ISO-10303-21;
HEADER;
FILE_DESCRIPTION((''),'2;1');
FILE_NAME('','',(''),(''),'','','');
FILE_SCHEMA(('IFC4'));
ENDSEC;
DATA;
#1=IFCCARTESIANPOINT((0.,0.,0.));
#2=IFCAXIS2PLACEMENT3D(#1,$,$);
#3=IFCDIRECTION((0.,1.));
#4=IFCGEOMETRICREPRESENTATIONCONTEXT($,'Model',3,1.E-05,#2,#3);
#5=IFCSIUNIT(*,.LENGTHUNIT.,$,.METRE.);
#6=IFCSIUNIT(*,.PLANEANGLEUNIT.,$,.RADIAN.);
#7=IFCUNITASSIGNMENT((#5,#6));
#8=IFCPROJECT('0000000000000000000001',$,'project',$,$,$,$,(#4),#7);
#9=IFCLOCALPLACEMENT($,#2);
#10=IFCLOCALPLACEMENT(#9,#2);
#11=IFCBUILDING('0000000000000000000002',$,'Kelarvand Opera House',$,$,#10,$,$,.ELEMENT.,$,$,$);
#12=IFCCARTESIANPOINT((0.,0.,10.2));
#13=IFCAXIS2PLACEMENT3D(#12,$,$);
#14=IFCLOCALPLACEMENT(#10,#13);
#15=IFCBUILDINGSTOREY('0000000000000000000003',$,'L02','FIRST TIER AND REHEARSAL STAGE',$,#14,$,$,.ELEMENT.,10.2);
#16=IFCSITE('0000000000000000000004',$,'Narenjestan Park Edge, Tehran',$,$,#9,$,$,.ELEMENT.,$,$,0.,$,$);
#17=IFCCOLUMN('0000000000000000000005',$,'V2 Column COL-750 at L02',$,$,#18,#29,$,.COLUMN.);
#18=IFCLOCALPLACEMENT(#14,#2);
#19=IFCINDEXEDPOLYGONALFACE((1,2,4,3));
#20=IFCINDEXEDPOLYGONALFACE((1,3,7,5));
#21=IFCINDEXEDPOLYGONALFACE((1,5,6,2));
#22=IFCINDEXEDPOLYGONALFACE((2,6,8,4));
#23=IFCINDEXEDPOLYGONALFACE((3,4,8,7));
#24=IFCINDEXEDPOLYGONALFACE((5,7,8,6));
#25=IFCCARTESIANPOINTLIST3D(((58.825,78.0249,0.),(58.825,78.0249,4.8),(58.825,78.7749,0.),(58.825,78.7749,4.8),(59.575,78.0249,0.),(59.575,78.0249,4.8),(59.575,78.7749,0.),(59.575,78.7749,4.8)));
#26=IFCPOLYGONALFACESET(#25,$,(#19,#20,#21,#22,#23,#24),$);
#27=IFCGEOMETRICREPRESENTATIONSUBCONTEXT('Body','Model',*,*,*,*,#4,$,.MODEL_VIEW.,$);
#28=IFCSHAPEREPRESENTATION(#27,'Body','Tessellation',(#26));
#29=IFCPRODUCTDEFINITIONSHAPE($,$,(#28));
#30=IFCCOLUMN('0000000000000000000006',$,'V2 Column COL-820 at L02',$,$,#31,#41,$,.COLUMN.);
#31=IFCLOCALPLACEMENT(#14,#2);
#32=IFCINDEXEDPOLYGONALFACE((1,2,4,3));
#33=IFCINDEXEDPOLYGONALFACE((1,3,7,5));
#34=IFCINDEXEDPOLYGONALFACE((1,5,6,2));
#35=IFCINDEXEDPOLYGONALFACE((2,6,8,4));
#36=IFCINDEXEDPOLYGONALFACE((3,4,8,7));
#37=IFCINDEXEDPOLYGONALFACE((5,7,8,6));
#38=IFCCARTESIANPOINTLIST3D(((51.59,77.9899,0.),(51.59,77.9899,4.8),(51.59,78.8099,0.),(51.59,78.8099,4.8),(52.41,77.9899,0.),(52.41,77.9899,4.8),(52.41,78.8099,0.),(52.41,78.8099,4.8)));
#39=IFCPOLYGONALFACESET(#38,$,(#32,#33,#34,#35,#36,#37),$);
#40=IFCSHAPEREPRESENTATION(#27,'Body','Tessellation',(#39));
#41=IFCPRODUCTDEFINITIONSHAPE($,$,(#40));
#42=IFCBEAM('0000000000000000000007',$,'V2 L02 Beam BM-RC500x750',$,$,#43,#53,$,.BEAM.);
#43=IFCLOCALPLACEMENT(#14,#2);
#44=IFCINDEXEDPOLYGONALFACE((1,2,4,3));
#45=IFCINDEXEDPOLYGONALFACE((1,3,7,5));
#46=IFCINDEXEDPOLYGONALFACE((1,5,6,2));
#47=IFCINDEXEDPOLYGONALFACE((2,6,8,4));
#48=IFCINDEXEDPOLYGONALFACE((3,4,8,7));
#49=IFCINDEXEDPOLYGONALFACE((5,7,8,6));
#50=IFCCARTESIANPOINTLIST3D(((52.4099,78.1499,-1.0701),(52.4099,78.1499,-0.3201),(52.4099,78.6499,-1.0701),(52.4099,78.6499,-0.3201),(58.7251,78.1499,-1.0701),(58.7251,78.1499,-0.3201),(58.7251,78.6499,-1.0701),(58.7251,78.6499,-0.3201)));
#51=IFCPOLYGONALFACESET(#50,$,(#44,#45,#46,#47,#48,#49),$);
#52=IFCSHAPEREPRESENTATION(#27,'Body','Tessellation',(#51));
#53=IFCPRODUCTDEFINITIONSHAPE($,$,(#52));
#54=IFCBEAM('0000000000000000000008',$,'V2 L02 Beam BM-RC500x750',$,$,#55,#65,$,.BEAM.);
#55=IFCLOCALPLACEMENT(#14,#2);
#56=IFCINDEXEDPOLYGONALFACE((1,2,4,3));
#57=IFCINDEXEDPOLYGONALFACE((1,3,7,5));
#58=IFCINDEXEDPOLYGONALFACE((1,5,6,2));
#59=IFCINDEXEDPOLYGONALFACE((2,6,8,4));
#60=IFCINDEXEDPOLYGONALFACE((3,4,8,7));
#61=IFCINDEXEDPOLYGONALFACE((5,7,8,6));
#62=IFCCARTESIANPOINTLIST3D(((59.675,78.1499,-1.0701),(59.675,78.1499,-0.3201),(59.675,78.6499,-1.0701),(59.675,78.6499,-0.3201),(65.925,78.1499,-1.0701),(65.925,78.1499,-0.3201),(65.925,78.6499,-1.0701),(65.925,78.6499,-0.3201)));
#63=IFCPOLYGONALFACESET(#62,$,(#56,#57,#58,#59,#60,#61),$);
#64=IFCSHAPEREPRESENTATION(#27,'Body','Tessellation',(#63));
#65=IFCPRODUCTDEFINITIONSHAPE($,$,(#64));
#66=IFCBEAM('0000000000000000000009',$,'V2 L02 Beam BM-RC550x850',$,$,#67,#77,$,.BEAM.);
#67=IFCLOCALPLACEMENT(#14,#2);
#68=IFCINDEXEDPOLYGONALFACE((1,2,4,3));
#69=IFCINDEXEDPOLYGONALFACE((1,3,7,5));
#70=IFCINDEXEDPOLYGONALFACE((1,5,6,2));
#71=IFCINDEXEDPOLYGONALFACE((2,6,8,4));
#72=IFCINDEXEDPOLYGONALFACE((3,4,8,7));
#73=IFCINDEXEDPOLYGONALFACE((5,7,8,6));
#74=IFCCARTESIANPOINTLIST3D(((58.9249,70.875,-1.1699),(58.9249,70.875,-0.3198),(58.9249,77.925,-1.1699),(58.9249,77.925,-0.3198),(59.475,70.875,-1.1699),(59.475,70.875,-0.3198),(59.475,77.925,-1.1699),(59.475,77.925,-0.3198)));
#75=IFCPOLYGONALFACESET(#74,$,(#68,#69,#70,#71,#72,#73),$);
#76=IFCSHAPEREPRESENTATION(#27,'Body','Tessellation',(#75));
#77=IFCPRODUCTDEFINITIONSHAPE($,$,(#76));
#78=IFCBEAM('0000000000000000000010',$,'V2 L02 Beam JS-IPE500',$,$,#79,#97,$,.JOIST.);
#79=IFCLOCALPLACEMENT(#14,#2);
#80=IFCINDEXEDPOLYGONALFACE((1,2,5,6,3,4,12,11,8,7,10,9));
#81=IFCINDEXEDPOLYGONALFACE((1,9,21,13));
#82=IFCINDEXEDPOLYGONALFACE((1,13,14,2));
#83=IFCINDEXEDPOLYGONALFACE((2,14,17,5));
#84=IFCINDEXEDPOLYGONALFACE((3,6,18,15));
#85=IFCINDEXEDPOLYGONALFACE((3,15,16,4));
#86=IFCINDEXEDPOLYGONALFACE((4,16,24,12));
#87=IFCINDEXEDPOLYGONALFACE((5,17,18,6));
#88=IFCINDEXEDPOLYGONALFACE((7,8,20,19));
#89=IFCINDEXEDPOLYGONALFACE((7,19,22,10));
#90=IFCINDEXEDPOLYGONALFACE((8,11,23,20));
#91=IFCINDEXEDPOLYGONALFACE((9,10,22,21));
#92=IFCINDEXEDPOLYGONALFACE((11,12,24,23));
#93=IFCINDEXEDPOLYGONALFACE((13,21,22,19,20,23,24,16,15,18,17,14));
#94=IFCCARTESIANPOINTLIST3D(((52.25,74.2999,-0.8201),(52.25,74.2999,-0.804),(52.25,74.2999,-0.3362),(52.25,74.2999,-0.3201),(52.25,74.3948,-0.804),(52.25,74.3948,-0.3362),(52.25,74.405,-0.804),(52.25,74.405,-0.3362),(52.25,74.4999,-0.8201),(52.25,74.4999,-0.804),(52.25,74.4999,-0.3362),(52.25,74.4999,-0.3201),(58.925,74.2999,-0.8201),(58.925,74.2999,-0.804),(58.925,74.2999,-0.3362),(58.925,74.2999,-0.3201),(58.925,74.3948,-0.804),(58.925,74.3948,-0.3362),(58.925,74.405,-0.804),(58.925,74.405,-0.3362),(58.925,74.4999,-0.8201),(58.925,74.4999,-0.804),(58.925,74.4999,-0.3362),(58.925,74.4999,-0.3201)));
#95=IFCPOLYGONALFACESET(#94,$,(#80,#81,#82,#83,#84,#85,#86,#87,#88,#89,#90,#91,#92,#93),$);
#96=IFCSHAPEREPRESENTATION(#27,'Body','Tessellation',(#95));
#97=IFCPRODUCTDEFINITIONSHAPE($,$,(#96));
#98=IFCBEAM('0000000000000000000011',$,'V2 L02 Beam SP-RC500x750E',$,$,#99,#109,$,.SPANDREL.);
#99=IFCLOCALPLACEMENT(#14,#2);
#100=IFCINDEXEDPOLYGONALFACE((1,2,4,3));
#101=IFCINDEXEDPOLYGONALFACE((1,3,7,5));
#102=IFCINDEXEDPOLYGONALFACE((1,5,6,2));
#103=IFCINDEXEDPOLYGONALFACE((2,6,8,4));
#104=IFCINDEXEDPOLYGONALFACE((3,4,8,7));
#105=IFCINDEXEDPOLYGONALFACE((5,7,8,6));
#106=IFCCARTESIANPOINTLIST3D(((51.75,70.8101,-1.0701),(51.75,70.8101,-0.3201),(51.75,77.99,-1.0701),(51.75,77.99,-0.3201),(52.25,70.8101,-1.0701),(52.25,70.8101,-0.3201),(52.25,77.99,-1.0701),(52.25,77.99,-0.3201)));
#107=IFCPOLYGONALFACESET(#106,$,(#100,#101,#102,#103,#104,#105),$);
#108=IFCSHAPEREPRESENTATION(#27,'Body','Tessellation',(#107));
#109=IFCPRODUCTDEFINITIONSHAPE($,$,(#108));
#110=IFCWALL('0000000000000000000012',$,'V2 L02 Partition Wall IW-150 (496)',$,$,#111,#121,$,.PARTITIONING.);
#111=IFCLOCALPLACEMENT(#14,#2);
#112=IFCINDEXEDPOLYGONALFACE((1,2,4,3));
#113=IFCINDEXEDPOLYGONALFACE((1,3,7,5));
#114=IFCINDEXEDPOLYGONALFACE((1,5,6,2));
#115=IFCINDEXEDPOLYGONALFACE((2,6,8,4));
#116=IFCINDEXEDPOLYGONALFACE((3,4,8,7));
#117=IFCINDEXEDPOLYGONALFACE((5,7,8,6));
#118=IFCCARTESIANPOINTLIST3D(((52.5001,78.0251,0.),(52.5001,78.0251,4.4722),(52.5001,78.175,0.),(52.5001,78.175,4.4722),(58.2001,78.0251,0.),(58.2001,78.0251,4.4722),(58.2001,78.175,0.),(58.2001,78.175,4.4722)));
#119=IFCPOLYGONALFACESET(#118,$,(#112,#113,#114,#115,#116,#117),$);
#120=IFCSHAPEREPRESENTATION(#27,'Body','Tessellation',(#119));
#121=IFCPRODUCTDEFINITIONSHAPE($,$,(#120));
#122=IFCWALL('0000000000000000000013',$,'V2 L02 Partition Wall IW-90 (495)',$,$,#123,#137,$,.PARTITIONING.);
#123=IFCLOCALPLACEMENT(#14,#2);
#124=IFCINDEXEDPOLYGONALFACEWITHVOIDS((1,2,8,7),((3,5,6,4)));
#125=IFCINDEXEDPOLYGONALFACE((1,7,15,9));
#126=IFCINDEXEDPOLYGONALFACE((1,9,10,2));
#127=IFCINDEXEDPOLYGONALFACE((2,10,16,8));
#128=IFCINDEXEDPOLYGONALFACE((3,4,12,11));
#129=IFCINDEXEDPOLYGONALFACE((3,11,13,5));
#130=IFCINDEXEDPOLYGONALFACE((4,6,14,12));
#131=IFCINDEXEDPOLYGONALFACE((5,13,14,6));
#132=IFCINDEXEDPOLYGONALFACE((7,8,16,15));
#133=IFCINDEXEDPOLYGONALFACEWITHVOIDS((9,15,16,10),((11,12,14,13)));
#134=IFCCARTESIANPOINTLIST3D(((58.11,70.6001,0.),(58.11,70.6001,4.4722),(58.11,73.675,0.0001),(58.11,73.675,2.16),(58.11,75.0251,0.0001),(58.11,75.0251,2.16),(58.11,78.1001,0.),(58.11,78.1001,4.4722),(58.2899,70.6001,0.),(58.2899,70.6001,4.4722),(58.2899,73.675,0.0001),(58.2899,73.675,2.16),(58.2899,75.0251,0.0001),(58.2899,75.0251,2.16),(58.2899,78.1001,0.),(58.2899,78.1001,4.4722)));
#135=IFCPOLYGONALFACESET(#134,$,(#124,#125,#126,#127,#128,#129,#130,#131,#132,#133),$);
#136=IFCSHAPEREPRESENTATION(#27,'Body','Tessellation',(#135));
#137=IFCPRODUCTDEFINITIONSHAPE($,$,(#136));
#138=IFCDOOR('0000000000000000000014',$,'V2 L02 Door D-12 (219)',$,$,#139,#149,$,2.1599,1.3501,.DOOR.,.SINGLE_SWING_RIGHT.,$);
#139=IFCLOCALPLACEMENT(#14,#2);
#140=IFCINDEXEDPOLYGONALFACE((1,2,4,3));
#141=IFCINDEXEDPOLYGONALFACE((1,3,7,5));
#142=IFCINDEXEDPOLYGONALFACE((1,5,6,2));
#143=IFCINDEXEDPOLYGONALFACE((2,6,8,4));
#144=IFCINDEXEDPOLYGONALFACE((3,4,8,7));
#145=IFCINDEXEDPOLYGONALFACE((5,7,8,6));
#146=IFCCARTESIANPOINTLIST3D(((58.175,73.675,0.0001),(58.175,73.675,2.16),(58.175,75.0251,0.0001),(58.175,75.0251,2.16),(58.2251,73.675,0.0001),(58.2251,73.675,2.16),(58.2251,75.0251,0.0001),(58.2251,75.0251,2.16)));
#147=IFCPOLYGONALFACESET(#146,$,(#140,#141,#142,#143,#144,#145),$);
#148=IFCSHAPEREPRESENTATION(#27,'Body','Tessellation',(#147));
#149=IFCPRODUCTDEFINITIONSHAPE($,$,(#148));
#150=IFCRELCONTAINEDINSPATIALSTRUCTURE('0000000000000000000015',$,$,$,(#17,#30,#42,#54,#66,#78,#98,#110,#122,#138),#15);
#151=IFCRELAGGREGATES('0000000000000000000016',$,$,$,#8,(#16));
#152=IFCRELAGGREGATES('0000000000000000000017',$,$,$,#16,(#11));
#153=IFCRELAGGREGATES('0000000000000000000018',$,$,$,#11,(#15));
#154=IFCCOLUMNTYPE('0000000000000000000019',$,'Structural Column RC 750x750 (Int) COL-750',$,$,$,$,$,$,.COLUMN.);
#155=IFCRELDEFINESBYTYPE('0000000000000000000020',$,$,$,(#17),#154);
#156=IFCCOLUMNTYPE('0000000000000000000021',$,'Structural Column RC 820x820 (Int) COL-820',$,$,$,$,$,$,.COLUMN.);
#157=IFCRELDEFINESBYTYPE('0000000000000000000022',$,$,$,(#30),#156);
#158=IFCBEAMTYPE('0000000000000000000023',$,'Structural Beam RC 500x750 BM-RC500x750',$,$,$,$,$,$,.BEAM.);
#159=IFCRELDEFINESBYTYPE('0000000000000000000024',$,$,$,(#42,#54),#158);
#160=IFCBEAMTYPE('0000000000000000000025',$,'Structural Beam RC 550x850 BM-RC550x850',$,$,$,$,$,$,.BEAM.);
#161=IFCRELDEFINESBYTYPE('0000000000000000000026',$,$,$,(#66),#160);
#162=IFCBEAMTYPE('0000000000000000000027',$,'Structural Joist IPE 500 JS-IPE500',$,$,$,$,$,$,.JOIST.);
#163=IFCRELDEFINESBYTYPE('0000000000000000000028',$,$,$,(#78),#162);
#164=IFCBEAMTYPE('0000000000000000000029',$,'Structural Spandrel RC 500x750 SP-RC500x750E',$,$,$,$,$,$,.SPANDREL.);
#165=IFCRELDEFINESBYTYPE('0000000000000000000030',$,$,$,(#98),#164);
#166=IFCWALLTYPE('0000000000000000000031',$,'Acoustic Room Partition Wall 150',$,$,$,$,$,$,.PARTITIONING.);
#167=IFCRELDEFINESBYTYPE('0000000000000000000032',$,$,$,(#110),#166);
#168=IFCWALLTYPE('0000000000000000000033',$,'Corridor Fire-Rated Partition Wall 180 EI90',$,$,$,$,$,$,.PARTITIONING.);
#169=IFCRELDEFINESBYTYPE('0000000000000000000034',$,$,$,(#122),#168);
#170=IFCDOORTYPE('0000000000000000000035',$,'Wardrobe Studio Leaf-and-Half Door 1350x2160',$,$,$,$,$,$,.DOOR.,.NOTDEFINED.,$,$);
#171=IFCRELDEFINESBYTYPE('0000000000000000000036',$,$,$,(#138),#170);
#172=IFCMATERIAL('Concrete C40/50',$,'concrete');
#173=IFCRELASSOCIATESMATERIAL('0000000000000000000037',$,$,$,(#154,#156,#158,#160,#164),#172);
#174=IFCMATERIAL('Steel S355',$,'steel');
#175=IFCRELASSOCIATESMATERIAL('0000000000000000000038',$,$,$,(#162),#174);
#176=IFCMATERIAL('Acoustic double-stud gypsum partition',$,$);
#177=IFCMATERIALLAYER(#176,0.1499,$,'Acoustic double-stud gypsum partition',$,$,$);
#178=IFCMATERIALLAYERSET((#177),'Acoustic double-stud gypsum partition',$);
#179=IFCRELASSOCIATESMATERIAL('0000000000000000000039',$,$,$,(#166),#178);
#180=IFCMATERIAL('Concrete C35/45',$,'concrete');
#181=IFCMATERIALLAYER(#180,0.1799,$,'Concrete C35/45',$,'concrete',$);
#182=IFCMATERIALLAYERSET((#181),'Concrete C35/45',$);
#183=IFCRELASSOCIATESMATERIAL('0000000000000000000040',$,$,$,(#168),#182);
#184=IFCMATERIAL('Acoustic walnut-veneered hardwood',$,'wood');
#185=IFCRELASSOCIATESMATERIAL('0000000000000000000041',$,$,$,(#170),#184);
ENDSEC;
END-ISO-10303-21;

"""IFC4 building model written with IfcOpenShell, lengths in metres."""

from ifc_helpers import new_model, si_unit, direction, frame, frame_2d, origin, origin_2d, place, context, subcontext, project, spatial, rectangle, i_section, extrude, material, layer, layer_set, material_profile, profile_set, type_object, element, fill, save


model = new_model("IFC4")

# Units and contexts
model_context = context("Model", 3, precision=1e-05, world=origin(), true_north=direction((0.0, 1.0)))
body_context = subcontext(model_context, "Body", "Model", "MODEL_VIEW")
ifc_project = project(units=[si_unit("LENGTHUNIT", "METRE"), si_unit("PLANEANGLEUNIT", "RADIAN")], contexts=[model_context])

# Site, building, storey
site_placement = place(None, origin())
site = spatial("IfcSite", under=ifc_project, at=site_placement, Name="Narenjestan Park Edge, Tehran", CompositionType="ELEMENT", RefElevation=0.0)
building_placement = place(site_placement, origin())
building = spatial("IfcBuilding", under=site, at=building_placement, Name="Kelarvand Opera House", CompositionType="ELEMENT")
storey_placement = place(building_placement, frame((0.0, 0.0, 10.2)))
storey = spatial("IfcBuildingStorey", under=building, at=storey_placement, Name="L02", Description="FIRST TIER AND REHEARSAL STAGE", CompositionType="ELEMENT", Elevation=10.2)

# Columns
ifc_material_1 = material(Name="Concrete C40/50", Category="concrete")
ifc_material_profile_1 = material_profile(ifc_material_1, rectangle(XDim=0.75, YDim=0.75, at=origin_2d()), Name="RC 750x750", Category="concrete")
ifc_profile_set_1 = profile_set([ifc_material_profile_1], Name="Concrete C40/50")
column_type_1 = type_object("IfcColumnType", Name="Structural Column RC 750x750 (Int) COL-750", PredefinedType="COLUMN", material=ifc_profile_set_1)
column_1_placement = place(storey_placement, frame((59.2, 78.3999, 0.0), z_axis=(0.0, 0.0, 1.0), x_axis=(1.0, 0.0, 0.0)))
element("IfcColumn", 1, at=column_1_placement, inside=storey, type_object=column_type_1, Name="V2 Column COL-750 at L02", PredefinedType="COLUMN", context=body_context, shape_type="SweptSolid", body=[
    extrude(rectangle(XDim=0.75, YDim=0.75, at=origin_2d()), origin(), (0.0, 0.0, 1.0), 4.8),
])
ifc_material_profile_2 = material_profile(ifc_material_1, rectangle(XDim=0.8201, YDim=0.8201, at=origin_2d()), Name="RC 820x820", Category="concrete")
ifc_profile_set_2 = profile_set([ifc_material_profile_2], Name="Concrete C40/50")
column_type_2 = type_object("IfcColumnType", Name="Structural Column RC 820x820 (Int) COL-820", PredefinedType="COLUMN", material=ifc_profile_set_2)
column_2_placement = place(storey_placement, frame((52.0, 78.3999, 0.0), z_axis=(0.0, 0.0, 1.0), x_axis=(1.0, 0.0, 0.0)))
element("IfcColumn", 2, at=column_2_placement, inside=storey, type_object=column_type_2, Name="V2 Column COL-820 at L02", PredefinedType="COLUMN", context=body_context, shape_type="SweptSolid", body=[
    extrude(rectangle(XDim=0.8201, YDim=0.8201, at=origin_2d()), origin(), (0.0, 0.0, 1.0), 4.8),
])

# Beams
ifc_material_profile_3 = material_profile(ifc_material_1, rectangle(XDim=0.5, YDim=0.75, at=origin_2d()), Name="RC 500x750", Category="concrete")
ifc_profile_set_3 = profile_set([ifc_material_profile_3], Name="Concrete C40/50")
beam_type_1 = type_object("IfcBeamType", Name="Structural Beam RC 500x750 BM-RC500x750", PredefinedType="BEAM", material=ifc_profile_set_3)
beam_1_placement = place(storey_placement, frame((52.4099, 78.3999, -0.6951), z_axis=(1.0, 0.0, 0.0), x_axis=(0.0, 1.0, 0.0)))
element("IfcBeam", 3, at=beam_1_placement, inside=storey, type_object=beam_type_1, Name="V2 L02 Beam BM-RC500x750", PredefinedType="BEAM", context=body_context, shape_type="SweptSolid", body=[
    extrude(rectangle(XDim=0.5, YDim=0.75, at=origin_2d()), origin(), (0.0, 0.0, 1.0), 6.3152),
])
beam_2_placement = place(storey_placement, frame((59.675, 78.3999, -0.6951), z_axis=(1.0, 0.0, 0.0), x_axis=(0.0, 1.0, 0.0)))
element("IfcBeam", 4, at=beam_2_placement, inside=storey, type_object=beam_type_1, Name="V2 L02 Beam BM-RC500x750", PredefinedType="BEAM", context=body_context, shape_type="SweptSolid", body=[
    extrude(rectangle(XDim=0.5, YDim=0.75, at=origin_2d()), origin(), (0.0, 0.0, 1.0), 6.25),
])
ifc_material_profile_4 = material_profile(ifc_material_1, rectangle(XDim=0.55, YDim=0.8501, at=origin_2d()), Name="RC 550x850", Category="concrete")
ifc_profile_set_4 = profile_set([ifc_material_profile_4], Name="Concrete C40/50")
beam_type_2 = type_object("IfcBeamType", Name="Structural Beam RC 550x850 BM-RC550x850", PredefinedType="BEAM", material=ifc_profile_set_4)
beam_3_placement = place(storey_placement, frame((59.2, 70.875, -0.7449), z_axis=(0.0, 1.0, 0.0), x_axis=(-1.0, 0.0, 0.0)))
element("IfcBeam", 5, at=beam_3_placement, inside=storey, type_object=beam_type_2, Name="V2 L02 Beam BM-RC550x850", PredefinedType="BEAM", context=body_context, shape_type="SweptSolid", body=[
    extrude(rectangle(XDim=0.55, YDim=0.8501, at=origin_2d()), origin(), (0.0, 0.0, 1.0), 7.05),
])
ifc_material_2 = material(Name="Steel S355", Category="steel")
ifc_material_profile_5 = material_profile(ifc_material_2, i_section(OverallWidth=0.2, OverallDepth=0.5, WebThickness=0.0103, FlangeThickness=0.0161, at=origin_2d()), Name="IPE 500", Category="steel")
ifc_profile_set_5 = profile_set([ifc_material_profile_5], Name="Steel S355")
beam_type_3 = type_object("IfcBeamType", Name="Structural Joist IPE 500 JS-IPE500", PredefinedType="JOIST", material=ifc_profile_set_5)
beam_4_placement = place(storey_placement, frame((52.25, 74.3999, -0.5701), z_axis=(1.0, 0.0, 0.0), x_axis=(0.0, 1.0, 0.0)))
element("IfcBeam", 6, at=beam_4_placement, inside=storey, type_object=beam_type_3, Name="V2 L02 Beam JS-IPE500", PredefinedType="JOIST", context=body_context, shape_type="SweptSolid", body=[
    extrude(i_section(OverallWidth=0.2, OverallDepth=0.5, WebThickness=0.0103, FlangeThickness=0.0161, at=origin_2d()), origin(), (0.0, 0.0, 1.0), 6.675),
])
ifc_material_profile_6 = material_profile(ifc_material_1, rectangle(XDim=0.5, YDim=0.75, at=origin_2d()), Name="RC 500x750", Category="concrete")
ifc_profile_set_6 = profile_set([ifc_material_profile_6], Name="Concrete C40/50")
beam_type_4 = type_object("IfcBeamType", Name="Structural Spandrel RC 500x750 SP-RC500x750E", PredefinedType="SPANDREL", material=ifc_profile_set_6)
beam_5_placement = place(storey_placement, frame((52.0, 70.8101, -0.6951), z_axis=(0.0, 1.0, 0.0), x_axis=(-1.0, 0.0, 0.0)))
element("IfcBeam", 7, at=beam_5_placement, inside=storey, type_object=beam_type_4, Name="V2 L02 Beam SP-RC500x750E", PredefinedType="SPANDREL", context=body_context, shape_type="SweptSolid", body=[
    extrude(rectangle(XDim=0.5, YDim=0.75, at=origin_2d()), origin(), (0.0, 0.0, 1.0), 7.1799),
])

# Wall
ifc_material_3 = material(Name="Acoustic double-stud gypsum partition")
ifc_layer_1 = layer(ifc_material_3, 0.1499, Name="Acoustic double-stud gypsum partition")
ifc_layer_set_1 = layer_set([ifc_layer_1], Name="Acoustic double-stud gypsum partition")
wall_type_1 = type_object("IfcWallType", Name="Acoustic Room Partition Wall 150", PredefinedType="PARTITIONING", material=ifc_layer_set_1)
wall_1_placement = place(storey_placement, frame((52.5, 78.1001, 0.0), z_axis=(0.0, 0.0, 1.0), x_axis=(1.0, 0.0, 0.0)))
element("IfcWall", 8, at=wall_1_placement, inside=storey, type_object=wall_type_1, Name="V2 L02 Partition Wall IW-150 (496)", PredefinedType="PARTITIONING", context=body_context, shape_type="SweptSolid", body=[
    extrude(rectangle(XDim=5.7, YDim=0.1499, at=frame_2d((2.8501, 0.0))), origin(), (0.0, 0.0, 1.0), 4.4722),
])

# Wall, opening, door
ifc_material_4 = material(Name="Concrete C35/45", Category="concrete")
ifc_layer_2 = layer(ifc_material_4, 0.1799, Name="Concrete C35/45", Category="concrete")
ifc_layer_set_2 = layer_set([ifc_layer_2], Name="Concrete C35/45")
wall_type_2 = type_object("IfcWallType", Name="Corridor Fire-Rated Partition Wall 180 EI90", PredefinedType="PARTITIONING", material=ifc_layer_set_2)
wall_2_placement = place(storey_placement, frame((58.2, 70.6001, 0.0), z_axis=(0.0, 0.0, 1.0), x_axis=(0.0, 1.0, 0.0)))
wall_2 = element("IfcWall", 9, at=wall_2_placement, inside=storey, type_object=wall_type_2, Name="V2 L02 Partition Wall IW-90 (495)", PredefinedType="PARTITIONING", context=body_context, shape_type="SweptSolid", body=[
    extrude(rectangle(XDim=7.5, YDim=0.1799, at=frame_2d((3.75, 0.0))), origin(), (0.0, 0.0, 1.0), 4.4722),
])
opening_1_placement = place(wall_2_placement, frame((3.075, 0.0, 0.0)))
opening_1 = element("IfcOpeningElement", 10, at=opening_1_placement, cuts=wall_2, PredefinedType="OPENING", context=body_context, shape_type="SweptSolid", body=[
    extrude(rectangle(XDim=1.3501, YDim=2.1599, at=frame_2d((0.675, 1.0801))), frame((0.0, 0.1001, 0.0), z_axis=(0.0, -1.0, 0.0), x_axis=(1.0, 0.0, 0.0)), (0.0, 0.0, 1.0), 0.2),
])
ifc_material_5 = material(Name="Acoustic walnut-veneered hardwood", Category="wood")
door_type_1 = type_object("IfcDoorType", Name="Wardrobe Studio Leaf-and-Half Door 1350x2160", OperationType="NOTDEFINED", PredefinedType="DOOR", material=ifc_material_5)
door_1_placement = place(opening_1_placement, origin())
door_1 = element("IfcDoor", 11, at=door_1_placement, inside=storey, type_object=door_type_1, Name="V2 L02 Door D-12 (219)", OperationType="SINGLE_SWING_RIGHT", OverallHeight=2.1599, OverallWidth=1.3501, PredefinedType="DOOR", context=body_context, shape_type="SweptSolid", body=[
    extrude(rectangle(XDim=1.3501, YDim=2.1599, at=frame_2d((0.675, 1.0801))), frame((0.0, 0.0249, 0.0), z_axis=(0.0, -1.0, 0.0), x_axis=(1.0, 0.0, 0.0)), (0.0, 0.0, 1.0), 0.05),
])
fill(opening_1, door_1)

save(model, "model.ifc")
